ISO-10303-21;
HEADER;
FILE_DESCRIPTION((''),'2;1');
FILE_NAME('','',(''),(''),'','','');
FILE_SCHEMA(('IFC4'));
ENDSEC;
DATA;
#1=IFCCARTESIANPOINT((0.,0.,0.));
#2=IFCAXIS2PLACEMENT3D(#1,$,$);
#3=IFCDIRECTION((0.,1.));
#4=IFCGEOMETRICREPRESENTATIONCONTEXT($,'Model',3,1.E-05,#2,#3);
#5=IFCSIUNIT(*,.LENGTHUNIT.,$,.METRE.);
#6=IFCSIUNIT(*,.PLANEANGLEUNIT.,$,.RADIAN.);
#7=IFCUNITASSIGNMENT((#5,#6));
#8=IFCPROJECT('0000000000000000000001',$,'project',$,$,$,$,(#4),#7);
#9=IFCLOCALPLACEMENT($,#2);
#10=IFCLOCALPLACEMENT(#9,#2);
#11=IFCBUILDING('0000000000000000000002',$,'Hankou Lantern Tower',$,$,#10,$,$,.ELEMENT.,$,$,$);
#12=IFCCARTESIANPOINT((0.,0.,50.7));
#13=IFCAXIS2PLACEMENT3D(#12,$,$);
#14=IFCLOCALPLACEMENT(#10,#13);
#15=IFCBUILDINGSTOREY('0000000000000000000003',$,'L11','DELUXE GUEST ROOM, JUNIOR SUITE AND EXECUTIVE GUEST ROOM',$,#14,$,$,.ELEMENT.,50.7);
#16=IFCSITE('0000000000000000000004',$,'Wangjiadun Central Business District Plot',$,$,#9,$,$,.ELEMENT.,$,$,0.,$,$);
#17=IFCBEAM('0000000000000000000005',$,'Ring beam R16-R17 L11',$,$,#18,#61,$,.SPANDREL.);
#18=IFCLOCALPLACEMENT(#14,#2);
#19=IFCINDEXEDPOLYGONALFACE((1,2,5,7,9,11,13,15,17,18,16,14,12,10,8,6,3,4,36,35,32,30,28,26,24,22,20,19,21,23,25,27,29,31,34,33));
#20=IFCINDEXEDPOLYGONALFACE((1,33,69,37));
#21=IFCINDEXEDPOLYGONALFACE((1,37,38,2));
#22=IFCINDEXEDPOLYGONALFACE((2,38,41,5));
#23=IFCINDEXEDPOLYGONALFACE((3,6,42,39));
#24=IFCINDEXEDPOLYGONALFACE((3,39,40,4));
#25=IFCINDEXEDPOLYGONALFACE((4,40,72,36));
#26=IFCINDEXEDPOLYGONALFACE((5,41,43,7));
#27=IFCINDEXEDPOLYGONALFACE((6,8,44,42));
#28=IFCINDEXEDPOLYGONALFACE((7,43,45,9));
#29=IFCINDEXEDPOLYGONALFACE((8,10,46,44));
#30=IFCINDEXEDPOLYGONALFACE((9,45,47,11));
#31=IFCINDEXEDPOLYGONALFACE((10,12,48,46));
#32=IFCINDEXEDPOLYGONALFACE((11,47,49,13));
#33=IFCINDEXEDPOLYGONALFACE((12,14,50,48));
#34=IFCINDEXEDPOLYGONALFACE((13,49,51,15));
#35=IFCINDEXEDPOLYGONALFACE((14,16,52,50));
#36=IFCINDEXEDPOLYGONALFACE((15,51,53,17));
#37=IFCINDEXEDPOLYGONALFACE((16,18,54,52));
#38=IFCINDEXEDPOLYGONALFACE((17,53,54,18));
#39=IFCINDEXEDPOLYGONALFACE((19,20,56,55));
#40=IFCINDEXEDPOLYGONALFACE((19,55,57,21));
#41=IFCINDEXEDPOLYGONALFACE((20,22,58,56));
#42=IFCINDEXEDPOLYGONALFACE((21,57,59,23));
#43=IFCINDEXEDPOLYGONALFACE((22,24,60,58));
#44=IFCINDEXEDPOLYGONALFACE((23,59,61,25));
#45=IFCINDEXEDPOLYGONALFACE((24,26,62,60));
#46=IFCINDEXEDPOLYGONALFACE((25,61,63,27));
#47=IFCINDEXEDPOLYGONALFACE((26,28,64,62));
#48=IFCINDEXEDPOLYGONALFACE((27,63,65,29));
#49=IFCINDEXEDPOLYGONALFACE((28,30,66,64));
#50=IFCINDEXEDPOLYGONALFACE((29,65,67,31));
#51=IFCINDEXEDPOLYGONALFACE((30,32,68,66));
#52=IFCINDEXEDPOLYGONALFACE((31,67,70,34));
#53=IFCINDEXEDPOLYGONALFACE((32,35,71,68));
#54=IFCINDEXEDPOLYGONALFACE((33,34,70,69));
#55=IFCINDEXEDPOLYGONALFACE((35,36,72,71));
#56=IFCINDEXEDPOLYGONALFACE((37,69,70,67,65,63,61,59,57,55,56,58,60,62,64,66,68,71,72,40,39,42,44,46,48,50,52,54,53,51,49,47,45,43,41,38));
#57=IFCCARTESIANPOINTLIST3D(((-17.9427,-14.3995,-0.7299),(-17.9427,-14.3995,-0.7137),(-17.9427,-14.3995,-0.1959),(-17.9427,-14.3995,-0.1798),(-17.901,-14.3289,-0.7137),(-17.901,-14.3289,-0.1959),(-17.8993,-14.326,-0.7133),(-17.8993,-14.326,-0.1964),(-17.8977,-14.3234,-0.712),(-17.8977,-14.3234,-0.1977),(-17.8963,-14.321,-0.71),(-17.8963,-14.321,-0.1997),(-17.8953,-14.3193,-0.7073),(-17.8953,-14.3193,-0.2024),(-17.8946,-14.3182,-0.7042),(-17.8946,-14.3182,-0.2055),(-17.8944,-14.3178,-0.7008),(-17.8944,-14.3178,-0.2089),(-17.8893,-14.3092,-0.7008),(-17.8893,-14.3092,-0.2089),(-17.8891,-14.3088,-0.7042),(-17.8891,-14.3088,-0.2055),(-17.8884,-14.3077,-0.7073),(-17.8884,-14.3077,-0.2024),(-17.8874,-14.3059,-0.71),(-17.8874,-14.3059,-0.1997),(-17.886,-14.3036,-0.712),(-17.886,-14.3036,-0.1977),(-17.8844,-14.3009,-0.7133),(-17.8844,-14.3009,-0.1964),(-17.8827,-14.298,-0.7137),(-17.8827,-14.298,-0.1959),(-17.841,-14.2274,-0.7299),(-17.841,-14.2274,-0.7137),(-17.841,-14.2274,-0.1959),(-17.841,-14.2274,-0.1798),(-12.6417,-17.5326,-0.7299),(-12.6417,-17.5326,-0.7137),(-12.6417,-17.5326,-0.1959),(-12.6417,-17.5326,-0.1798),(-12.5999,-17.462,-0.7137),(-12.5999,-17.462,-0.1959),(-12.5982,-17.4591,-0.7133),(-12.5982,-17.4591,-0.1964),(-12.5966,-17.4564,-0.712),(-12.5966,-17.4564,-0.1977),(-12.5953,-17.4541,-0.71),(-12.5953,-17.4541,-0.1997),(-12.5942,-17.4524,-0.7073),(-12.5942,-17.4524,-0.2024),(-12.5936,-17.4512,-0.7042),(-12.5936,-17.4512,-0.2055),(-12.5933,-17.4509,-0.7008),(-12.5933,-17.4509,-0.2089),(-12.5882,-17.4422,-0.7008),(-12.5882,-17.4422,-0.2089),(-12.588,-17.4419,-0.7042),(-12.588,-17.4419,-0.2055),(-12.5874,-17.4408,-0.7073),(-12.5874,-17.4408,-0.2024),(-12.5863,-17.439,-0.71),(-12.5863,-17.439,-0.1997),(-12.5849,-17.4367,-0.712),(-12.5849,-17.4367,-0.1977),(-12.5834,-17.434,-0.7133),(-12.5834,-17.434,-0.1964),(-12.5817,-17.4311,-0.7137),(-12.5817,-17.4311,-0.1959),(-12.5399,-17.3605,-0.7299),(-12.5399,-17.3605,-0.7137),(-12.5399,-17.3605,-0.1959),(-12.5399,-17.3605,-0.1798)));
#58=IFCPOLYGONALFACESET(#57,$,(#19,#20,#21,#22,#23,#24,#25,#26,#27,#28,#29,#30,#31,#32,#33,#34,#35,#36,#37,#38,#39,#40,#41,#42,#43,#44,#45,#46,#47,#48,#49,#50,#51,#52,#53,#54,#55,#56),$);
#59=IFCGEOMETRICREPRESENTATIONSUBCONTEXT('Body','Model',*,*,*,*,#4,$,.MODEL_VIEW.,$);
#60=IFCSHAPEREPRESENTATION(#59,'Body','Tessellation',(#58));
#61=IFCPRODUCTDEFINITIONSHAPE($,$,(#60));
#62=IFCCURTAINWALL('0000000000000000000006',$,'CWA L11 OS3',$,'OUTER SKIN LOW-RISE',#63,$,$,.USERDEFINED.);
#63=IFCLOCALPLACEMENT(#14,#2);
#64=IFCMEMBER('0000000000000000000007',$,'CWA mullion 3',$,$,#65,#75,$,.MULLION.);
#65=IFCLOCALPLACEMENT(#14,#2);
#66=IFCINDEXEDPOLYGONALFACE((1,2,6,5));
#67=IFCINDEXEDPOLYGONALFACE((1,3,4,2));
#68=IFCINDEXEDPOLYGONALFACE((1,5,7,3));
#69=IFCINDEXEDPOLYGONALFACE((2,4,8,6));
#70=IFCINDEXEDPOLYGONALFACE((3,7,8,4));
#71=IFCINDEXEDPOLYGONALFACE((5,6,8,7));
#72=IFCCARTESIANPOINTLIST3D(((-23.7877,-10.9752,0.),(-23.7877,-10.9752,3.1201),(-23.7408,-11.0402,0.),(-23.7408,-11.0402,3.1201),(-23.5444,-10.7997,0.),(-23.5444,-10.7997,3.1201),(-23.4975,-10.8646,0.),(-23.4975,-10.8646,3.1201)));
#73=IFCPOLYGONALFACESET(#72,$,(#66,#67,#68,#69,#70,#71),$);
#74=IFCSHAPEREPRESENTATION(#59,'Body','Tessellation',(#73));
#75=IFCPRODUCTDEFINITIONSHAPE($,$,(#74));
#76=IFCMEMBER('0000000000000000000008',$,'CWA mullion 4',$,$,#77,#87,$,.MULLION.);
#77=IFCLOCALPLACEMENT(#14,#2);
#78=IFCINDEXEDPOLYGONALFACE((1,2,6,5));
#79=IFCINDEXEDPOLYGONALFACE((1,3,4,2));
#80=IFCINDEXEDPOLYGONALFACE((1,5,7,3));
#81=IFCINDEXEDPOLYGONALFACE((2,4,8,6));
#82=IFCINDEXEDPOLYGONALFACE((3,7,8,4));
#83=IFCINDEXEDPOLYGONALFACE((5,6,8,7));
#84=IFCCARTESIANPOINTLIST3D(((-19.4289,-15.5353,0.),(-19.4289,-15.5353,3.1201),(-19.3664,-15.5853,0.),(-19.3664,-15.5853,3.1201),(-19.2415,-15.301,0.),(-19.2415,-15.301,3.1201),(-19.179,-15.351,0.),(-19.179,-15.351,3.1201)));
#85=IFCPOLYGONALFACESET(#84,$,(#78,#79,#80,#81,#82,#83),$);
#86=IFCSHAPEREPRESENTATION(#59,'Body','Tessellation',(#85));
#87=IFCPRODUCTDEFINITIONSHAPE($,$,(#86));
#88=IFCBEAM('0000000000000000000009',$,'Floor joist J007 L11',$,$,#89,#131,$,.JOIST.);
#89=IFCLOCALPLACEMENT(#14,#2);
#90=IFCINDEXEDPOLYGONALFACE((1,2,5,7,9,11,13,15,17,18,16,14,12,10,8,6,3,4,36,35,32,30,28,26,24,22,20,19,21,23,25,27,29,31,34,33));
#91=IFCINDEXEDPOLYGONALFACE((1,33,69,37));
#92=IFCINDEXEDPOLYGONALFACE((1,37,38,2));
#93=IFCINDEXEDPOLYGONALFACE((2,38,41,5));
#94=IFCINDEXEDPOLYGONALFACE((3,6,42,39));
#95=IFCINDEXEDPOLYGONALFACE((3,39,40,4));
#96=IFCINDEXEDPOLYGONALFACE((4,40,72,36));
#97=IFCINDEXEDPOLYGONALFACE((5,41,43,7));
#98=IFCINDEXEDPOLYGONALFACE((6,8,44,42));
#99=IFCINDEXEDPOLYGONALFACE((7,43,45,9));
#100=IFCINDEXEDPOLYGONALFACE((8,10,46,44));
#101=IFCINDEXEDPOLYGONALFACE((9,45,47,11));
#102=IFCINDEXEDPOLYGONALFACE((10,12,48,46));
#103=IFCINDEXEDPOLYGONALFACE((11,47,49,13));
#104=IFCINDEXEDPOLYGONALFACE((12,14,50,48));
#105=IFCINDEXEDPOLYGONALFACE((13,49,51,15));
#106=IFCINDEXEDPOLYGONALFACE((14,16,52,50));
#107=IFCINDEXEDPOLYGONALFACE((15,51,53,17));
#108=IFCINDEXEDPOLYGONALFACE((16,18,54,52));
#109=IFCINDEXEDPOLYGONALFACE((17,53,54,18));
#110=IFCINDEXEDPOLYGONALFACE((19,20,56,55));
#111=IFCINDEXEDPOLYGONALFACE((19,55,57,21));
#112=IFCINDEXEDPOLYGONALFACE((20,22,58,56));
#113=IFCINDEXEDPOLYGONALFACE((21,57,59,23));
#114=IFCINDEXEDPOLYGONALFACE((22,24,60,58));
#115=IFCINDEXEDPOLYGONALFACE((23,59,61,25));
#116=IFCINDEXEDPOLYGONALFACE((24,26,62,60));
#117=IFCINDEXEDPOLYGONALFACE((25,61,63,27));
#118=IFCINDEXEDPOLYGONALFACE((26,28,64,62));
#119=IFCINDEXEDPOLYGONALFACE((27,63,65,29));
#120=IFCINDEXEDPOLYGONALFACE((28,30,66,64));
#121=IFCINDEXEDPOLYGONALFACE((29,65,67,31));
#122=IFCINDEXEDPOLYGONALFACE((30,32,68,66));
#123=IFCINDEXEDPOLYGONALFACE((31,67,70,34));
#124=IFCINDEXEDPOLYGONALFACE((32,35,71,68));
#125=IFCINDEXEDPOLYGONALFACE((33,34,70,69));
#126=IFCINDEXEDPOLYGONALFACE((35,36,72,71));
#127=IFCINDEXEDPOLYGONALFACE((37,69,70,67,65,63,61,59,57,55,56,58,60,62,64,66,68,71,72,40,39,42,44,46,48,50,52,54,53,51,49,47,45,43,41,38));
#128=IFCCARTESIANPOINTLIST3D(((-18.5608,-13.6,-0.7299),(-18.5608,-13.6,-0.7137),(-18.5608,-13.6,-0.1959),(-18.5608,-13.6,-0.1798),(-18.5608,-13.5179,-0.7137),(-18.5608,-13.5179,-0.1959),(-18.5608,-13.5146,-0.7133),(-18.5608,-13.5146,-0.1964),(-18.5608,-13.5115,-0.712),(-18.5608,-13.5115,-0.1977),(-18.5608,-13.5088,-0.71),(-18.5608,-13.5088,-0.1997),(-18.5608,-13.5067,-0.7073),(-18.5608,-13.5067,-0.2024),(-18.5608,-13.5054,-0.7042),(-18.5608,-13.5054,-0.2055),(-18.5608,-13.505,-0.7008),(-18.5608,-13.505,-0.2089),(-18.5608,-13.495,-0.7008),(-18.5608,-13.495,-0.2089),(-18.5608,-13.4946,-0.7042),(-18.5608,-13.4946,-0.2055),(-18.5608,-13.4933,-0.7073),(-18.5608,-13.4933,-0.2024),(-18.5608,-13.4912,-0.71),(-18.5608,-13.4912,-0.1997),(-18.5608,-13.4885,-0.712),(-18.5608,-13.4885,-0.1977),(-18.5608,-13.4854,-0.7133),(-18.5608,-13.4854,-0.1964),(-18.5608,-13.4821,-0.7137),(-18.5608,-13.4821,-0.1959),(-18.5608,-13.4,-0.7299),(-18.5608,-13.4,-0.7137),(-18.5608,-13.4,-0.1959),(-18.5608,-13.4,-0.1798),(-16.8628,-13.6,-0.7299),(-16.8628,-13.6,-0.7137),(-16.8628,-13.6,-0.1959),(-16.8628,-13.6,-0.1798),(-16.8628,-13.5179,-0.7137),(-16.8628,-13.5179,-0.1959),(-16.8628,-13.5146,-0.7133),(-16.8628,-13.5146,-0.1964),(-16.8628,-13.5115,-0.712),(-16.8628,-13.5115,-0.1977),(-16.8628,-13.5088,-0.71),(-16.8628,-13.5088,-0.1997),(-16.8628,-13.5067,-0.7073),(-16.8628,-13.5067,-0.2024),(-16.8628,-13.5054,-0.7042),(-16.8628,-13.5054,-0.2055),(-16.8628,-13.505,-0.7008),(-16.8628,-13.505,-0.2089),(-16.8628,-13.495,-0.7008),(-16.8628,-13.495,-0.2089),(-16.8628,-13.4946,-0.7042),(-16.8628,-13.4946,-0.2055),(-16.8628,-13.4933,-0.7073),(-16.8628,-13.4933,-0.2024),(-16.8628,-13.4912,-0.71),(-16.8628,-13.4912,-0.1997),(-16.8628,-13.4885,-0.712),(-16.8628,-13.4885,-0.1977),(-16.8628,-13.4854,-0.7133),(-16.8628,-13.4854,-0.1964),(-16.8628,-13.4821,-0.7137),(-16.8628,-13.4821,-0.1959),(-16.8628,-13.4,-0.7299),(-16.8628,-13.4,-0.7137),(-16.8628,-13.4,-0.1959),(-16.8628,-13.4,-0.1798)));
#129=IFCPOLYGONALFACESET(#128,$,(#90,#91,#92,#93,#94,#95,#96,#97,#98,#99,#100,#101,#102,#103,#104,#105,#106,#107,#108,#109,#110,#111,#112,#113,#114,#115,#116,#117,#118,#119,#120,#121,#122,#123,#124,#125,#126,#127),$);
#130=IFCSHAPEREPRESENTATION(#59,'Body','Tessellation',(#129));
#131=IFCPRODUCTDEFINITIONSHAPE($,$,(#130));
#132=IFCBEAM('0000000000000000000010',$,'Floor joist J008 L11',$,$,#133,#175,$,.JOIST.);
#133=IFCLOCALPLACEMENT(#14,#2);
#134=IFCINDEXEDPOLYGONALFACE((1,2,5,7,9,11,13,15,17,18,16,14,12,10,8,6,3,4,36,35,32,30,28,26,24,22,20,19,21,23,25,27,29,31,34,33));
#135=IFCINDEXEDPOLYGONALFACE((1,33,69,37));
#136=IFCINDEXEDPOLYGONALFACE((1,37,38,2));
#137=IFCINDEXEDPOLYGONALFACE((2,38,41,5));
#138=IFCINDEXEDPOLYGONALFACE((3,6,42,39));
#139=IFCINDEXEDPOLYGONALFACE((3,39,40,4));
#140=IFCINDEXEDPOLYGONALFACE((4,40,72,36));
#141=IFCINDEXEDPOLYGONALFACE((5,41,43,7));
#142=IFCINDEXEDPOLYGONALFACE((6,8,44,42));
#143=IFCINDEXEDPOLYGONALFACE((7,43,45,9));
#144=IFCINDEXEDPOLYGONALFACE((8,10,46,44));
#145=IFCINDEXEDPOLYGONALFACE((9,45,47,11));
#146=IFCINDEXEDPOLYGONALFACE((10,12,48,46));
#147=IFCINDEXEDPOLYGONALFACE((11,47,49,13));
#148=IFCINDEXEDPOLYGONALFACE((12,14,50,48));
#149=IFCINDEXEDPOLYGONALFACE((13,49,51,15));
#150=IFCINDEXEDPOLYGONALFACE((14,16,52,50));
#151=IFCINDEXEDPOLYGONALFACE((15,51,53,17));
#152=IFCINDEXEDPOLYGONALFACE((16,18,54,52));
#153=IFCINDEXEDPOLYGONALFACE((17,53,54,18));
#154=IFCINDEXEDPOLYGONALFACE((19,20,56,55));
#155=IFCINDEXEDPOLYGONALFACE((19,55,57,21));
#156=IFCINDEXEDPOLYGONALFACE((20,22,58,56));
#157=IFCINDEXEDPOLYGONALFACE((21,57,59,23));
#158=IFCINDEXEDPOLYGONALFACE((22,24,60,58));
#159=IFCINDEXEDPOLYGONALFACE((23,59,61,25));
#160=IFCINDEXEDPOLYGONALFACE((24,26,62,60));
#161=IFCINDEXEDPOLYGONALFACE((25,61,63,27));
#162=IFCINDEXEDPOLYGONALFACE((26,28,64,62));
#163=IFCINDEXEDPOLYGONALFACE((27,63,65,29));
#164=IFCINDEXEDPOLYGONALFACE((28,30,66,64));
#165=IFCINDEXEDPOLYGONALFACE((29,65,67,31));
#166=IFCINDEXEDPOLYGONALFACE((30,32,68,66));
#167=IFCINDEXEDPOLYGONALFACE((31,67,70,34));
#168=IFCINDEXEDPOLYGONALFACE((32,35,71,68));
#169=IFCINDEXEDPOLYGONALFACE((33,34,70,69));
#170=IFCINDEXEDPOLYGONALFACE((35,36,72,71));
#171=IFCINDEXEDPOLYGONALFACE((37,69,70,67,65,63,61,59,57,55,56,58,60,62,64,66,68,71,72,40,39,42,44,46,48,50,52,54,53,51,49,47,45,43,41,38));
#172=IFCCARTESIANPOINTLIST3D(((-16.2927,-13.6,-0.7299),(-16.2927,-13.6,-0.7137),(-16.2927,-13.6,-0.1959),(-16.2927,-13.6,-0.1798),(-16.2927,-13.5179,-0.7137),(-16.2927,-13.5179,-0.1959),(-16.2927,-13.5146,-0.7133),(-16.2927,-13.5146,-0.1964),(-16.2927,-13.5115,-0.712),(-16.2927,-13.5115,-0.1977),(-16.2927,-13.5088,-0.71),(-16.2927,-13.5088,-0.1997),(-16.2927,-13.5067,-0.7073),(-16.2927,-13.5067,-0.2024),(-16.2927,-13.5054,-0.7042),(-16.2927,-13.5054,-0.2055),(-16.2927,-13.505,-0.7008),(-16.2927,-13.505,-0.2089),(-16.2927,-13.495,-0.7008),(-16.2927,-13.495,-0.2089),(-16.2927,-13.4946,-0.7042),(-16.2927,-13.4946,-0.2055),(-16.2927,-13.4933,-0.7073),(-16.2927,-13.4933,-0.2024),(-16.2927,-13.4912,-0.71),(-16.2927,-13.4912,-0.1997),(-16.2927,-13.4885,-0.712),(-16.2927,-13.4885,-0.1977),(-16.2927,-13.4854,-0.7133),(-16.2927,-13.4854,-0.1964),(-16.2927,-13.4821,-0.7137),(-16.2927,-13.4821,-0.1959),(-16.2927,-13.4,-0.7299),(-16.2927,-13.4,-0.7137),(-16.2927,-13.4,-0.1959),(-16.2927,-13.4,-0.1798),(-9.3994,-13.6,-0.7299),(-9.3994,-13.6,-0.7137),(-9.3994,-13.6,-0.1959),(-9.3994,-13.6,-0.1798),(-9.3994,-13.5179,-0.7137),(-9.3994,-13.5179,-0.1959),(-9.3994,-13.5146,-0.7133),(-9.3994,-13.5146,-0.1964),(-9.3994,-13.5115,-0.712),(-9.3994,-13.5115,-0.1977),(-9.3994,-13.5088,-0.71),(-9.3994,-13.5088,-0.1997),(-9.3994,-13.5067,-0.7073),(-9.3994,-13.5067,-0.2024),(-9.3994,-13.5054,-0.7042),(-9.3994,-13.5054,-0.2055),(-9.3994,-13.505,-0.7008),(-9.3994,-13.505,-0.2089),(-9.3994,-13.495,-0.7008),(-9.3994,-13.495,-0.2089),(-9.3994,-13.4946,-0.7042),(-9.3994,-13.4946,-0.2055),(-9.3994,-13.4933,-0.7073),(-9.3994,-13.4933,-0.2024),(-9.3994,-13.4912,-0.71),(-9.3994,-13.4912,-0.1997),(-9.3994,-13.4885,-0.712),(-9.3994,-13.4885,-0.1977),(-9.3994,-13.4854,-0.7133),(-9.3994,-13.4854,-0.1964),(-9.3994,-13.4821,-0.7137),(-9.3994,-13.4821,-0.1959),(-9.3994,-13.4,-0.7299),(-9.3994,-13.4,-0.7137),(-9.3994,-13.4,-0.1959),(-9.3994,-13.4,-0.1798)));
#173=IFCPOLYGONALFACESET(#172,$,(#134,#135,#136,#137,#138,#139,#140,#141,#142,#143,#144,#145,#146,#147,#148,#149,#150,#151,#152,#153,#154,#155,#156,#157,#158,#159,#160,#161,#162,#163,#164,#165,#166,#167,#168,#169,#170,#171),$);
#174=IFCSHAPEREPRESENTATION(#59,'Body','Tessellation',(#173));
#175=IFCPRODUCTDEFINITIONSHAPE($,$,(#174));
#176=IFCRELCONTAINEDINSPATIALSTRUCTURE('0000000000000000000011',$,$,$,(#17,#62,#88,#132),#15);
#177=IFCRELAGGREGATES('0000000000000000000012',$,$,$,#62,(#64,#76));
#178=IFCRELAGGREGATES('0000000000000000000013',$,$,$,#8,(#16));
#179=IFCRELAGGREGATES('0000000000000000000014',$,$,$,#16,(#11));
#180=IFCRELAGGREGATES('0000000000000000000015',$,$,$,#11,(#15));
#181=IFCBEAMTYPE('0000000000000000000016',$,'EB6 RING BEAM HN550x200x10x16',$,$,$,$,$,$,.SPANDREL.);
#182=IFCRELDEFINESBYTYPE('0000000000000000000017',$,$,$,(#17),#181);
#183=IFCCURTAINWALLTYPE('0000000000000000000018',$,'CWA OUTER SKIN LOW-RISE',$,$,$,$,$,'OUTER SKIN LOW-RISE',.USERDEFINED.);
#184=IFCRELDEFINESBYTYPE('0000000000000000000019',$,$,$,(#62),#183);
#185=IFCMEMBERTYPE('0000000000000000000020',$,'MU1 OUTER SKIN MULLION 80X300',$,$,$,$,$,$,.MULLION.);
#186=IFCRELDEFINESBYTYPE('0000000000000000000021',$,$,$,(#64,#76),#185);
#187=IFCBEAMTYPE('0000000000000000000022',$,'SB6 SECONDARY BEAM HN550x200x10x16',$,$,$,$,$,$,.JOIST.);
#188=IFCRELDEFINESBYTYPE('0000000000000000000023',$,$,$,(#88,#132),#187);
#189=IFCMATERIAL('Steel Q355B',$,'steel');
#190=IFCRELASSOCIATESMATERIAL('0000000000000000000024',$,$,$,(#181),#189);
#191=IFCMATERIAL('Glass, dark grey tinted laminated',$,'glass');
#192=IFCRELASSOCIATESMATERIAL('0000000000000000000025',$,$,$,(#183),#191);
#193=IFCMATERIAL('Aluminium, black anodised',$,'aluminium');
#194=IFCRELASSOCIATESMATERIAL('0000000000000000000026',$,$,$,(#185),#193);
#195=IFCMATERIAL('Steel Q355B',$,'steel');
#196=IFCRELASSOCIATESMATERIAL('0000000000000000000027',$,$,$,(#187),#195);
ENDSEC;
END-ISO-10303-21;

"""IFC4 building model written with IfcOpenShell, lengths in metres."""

from ifc_helpers import new_model, si_unit, direction, frame, origin, origin_2d, place, context, subcontext, project, spatial, rectangle, i_section, extrude, material, material_profile, profile_set, type_object, element, aggregate, save


model = new_model("IFC4")

# Units and contexts
model_context = context("Model", 3, precision=1e-05, world=origin(), true_north=direction((0.0, 1.0)))
body_context = subcontext(model_context, "Body", "Model", "MODEL_VIEW")
ifc_project = project(units=[si_unit("LENGTHUNIT", "METRE"), si_unit("PLANEANGLEUNIT", "RADIAN")], contexts=[model_context])

# Site, building, storey
site_placement = place(None, origin())
site = spatial("IfcSite", under=ifc_project, at=site_placement, Name="Wangjiadun Central Business District Plot", CompositionType="ELEMENT", RefElevation=0.0)
building_placement = place(site_placement, origin())
building = spatial("IfcBuilding", under=site, at=building_placement, Name="Hankou Lantern Tower", CompositionType="ELEMENT")
storey_placement = place(building_placement, frame((0.0, 0.0, 50.7)))
storey = spatial("IfcBuildingStorey", under=building, at=storey_placement, Name="L11", Description="DELUXE GUEST ROOM, JUNIOR SUITE AND EXECUTIVE GUEST ROOM", CompositionType="ELEMENT", Elevation=50.7)

# Beam
ifc_material_1 = material(Name="Steel Q355B", Category="steel")
ifc_material_profile_1 = material_profile(ifc_material_1, i_section(OverallWidth=0.2, OverallDepth=0.55, WebThickness=0.01, FlangeThickness=0.0161, FilletRadius=0.0129, at=origin_2d()), Name="HN550x200x10x16")
ifc_profile_set_1 = profile_set([ifc_material_profile_1], Name="Steel Q355B")
beam_type_1 = type_object("IfcBeamType", Name="EB6 RING BEAM HN550x200x10x16", PredefinedType="SPANDREL", material=ifc_profile_set_1)
beam_1_placement = place(storey_placement, frame((-17.8918, -14.3135, -0.4548), z_axis=(0.860882, -0.508805, 0.0), x_axis=(0.508805, 0.860882, 0.0)))
element("IfcBeam", 1, at=beam_1_placement, inside=storey, type_object=beam_type_1, Name="Ring beam R16-R17 L11", PredefinedType="SPANDREL", context=body_context, shape_type="SweptSolid", body=[
    extrude(i_section(OverallWidth=0.2, OverallDepth=0.55, WebThickness=0.01, FlangeThickness=0.0161, FilletRadius=0.0129, at=origin_2d()), origin(), (0.0, 0.0, 1.0), 6.1577),
])

# Curtain wall, members
ifc_material_2 = material(Name="Glass, dark grey tinted laminated", Category="glass")
curtain_wall_type = type_object("IfcCurtainWallType", Name="CWA OUTER SKIN LOW-RISE", ElementType="OUTER SKIN LOW-RISE", PredefinedType="USERDEFINED", material=ifc_material_2)
curtain_wall_placement = place(storey_placement, origin())
curtain_wall = element("IfcCurtainWall", 2, at=curtain_wall_placement, inside=storey, type_object=curtain_wall_type, Name="CWA L11 OS3", ObjectType="OUTER SKIN LOW-RISE", PredefinedType="USERDEFINED")
ifc_material_3 = material(Name="Aluminium, black anodised", Category="aluminium")
ifc_material_profile_2 = material_profile(ifc_material_3, rectangle(XDim=0.0801, YDim=0.3, at=origin_2d()), Name="MU1 80X300")
ifc_profile_set_2 = profile_set([ifc_material_profile_2], Name="Aluminium, black anodised")
member_type_1 = type_object("IfcMemberType", Name="MU1 OUTER SKIN MULLION 80X300", PredefinedType="MULLION", material=ifc_profile_set_2)
member_1_placement = place(storey_placement, frame((-23.6426, -10.9199, 0.0), z_axis=(0.0, 0.0, 1.0), x_axis=(0.585206, -0.810885, 0.0)))
member_1 = element("IfcMember", 3, at=member_1_placement, type_object=member_type_1, Name="CWA mullion 3", PredefinedType="MULLION", context=body_context, shape_type="SweptSolid", body=[
    extrude(rectangle(XDim=0.0801, YDim=0.3, at=origin_2d()), origin(), (0.0, 0.0, 1.0), 3.1201),
])
member_2_placement = place(storey_placement, frame((-19.304, -15.4431, 0.0), z_axis=(0.0, 0.0, 1.0), x_axis=(0.780869, -0.624695, 0.0)))
member_2 = element("IfcMember", 4, at=member_2_placement, type_object=member_type_1, Name="CWA mullion 4", PredefinedType="MULLION", context=body_context, shape_type="SweptSolid", body=[
    extrude(rectangle(XDim=0.0801, YDim=0.3, at=origin_2d()), origin(), (0.0, 0.0, 1.0), 3.1201),
])

# Beams
ifc_material_4 = material(Name="Steel Q355B", Category="steel")
ifc_material_profile_3 = material_profile(ifc_material_4, i_section(OverallWidth=0.2, OverallDepth=0.55, WebThickness=0.01, FlangeThickness=0.0161, FilletRadius=0.0129, at=origin_2d()), Name="HN550x200x10x16")
ifc_profile_set_3 = profile_set([ifc_material_profile_3], Name="Steel Q355B")
beam_type_2 = type_object("IfcBeamType", Name="SB6 SECONDARY BEAM HN550x200x10x16", PredefinedType="JOIST", material=ifc_profile_set_3)
beam_2_placement = place(storey_placement, frame((-18.5608, -13.5, -0.4548), z_axis=(1.0, 0.0, 0.0), x_axis=(0.0, 1.0, 0.0)))
element("IfcBeam", 5, at=beam_2_placement, inside=storey, type_object=beam_type_2, Name="Floor joist J007 L11", PredefinedType="JOIST", context=body_context, shape_type="SweptSolid", body=[
    extrude(i_section(OverallWidth=0.2, OverallDepth=0.55, WebThickness=0.01, FlangeThickness=0.0161, FilletRadius=0.0129, at=origin_2d()), origin(), (0.0, 0.0, 1.0), 1.698),
])
beam_3_placement = place(storey_placement, frame((-16.2927, -13.5, -0.4548), z_axis=(1.0, 0.0, 0.0), x_axis=(0.0, 1.0, 0.0)))
element("IfcBeam", 6, at=beam_3_placement, inside=storey, type_object=beam_type_2, Name="Floor joist J008 L11", PredefinedType="JOIST", context=body_context, shape_type="SweptSolid", body=[
    extrude(i_section(OverallWidth=0.2, OverallDepth=0.55, WebThickness=0.01, FlangeThickness=0.0161, FilletRadius=0.0129, at=origin_2d()), origin(), (0.0, 0.0, 1.0), 6.8933),
])

aggregate(curtain_wall, [member_1, member_2])

save(model, "model.ifc")
